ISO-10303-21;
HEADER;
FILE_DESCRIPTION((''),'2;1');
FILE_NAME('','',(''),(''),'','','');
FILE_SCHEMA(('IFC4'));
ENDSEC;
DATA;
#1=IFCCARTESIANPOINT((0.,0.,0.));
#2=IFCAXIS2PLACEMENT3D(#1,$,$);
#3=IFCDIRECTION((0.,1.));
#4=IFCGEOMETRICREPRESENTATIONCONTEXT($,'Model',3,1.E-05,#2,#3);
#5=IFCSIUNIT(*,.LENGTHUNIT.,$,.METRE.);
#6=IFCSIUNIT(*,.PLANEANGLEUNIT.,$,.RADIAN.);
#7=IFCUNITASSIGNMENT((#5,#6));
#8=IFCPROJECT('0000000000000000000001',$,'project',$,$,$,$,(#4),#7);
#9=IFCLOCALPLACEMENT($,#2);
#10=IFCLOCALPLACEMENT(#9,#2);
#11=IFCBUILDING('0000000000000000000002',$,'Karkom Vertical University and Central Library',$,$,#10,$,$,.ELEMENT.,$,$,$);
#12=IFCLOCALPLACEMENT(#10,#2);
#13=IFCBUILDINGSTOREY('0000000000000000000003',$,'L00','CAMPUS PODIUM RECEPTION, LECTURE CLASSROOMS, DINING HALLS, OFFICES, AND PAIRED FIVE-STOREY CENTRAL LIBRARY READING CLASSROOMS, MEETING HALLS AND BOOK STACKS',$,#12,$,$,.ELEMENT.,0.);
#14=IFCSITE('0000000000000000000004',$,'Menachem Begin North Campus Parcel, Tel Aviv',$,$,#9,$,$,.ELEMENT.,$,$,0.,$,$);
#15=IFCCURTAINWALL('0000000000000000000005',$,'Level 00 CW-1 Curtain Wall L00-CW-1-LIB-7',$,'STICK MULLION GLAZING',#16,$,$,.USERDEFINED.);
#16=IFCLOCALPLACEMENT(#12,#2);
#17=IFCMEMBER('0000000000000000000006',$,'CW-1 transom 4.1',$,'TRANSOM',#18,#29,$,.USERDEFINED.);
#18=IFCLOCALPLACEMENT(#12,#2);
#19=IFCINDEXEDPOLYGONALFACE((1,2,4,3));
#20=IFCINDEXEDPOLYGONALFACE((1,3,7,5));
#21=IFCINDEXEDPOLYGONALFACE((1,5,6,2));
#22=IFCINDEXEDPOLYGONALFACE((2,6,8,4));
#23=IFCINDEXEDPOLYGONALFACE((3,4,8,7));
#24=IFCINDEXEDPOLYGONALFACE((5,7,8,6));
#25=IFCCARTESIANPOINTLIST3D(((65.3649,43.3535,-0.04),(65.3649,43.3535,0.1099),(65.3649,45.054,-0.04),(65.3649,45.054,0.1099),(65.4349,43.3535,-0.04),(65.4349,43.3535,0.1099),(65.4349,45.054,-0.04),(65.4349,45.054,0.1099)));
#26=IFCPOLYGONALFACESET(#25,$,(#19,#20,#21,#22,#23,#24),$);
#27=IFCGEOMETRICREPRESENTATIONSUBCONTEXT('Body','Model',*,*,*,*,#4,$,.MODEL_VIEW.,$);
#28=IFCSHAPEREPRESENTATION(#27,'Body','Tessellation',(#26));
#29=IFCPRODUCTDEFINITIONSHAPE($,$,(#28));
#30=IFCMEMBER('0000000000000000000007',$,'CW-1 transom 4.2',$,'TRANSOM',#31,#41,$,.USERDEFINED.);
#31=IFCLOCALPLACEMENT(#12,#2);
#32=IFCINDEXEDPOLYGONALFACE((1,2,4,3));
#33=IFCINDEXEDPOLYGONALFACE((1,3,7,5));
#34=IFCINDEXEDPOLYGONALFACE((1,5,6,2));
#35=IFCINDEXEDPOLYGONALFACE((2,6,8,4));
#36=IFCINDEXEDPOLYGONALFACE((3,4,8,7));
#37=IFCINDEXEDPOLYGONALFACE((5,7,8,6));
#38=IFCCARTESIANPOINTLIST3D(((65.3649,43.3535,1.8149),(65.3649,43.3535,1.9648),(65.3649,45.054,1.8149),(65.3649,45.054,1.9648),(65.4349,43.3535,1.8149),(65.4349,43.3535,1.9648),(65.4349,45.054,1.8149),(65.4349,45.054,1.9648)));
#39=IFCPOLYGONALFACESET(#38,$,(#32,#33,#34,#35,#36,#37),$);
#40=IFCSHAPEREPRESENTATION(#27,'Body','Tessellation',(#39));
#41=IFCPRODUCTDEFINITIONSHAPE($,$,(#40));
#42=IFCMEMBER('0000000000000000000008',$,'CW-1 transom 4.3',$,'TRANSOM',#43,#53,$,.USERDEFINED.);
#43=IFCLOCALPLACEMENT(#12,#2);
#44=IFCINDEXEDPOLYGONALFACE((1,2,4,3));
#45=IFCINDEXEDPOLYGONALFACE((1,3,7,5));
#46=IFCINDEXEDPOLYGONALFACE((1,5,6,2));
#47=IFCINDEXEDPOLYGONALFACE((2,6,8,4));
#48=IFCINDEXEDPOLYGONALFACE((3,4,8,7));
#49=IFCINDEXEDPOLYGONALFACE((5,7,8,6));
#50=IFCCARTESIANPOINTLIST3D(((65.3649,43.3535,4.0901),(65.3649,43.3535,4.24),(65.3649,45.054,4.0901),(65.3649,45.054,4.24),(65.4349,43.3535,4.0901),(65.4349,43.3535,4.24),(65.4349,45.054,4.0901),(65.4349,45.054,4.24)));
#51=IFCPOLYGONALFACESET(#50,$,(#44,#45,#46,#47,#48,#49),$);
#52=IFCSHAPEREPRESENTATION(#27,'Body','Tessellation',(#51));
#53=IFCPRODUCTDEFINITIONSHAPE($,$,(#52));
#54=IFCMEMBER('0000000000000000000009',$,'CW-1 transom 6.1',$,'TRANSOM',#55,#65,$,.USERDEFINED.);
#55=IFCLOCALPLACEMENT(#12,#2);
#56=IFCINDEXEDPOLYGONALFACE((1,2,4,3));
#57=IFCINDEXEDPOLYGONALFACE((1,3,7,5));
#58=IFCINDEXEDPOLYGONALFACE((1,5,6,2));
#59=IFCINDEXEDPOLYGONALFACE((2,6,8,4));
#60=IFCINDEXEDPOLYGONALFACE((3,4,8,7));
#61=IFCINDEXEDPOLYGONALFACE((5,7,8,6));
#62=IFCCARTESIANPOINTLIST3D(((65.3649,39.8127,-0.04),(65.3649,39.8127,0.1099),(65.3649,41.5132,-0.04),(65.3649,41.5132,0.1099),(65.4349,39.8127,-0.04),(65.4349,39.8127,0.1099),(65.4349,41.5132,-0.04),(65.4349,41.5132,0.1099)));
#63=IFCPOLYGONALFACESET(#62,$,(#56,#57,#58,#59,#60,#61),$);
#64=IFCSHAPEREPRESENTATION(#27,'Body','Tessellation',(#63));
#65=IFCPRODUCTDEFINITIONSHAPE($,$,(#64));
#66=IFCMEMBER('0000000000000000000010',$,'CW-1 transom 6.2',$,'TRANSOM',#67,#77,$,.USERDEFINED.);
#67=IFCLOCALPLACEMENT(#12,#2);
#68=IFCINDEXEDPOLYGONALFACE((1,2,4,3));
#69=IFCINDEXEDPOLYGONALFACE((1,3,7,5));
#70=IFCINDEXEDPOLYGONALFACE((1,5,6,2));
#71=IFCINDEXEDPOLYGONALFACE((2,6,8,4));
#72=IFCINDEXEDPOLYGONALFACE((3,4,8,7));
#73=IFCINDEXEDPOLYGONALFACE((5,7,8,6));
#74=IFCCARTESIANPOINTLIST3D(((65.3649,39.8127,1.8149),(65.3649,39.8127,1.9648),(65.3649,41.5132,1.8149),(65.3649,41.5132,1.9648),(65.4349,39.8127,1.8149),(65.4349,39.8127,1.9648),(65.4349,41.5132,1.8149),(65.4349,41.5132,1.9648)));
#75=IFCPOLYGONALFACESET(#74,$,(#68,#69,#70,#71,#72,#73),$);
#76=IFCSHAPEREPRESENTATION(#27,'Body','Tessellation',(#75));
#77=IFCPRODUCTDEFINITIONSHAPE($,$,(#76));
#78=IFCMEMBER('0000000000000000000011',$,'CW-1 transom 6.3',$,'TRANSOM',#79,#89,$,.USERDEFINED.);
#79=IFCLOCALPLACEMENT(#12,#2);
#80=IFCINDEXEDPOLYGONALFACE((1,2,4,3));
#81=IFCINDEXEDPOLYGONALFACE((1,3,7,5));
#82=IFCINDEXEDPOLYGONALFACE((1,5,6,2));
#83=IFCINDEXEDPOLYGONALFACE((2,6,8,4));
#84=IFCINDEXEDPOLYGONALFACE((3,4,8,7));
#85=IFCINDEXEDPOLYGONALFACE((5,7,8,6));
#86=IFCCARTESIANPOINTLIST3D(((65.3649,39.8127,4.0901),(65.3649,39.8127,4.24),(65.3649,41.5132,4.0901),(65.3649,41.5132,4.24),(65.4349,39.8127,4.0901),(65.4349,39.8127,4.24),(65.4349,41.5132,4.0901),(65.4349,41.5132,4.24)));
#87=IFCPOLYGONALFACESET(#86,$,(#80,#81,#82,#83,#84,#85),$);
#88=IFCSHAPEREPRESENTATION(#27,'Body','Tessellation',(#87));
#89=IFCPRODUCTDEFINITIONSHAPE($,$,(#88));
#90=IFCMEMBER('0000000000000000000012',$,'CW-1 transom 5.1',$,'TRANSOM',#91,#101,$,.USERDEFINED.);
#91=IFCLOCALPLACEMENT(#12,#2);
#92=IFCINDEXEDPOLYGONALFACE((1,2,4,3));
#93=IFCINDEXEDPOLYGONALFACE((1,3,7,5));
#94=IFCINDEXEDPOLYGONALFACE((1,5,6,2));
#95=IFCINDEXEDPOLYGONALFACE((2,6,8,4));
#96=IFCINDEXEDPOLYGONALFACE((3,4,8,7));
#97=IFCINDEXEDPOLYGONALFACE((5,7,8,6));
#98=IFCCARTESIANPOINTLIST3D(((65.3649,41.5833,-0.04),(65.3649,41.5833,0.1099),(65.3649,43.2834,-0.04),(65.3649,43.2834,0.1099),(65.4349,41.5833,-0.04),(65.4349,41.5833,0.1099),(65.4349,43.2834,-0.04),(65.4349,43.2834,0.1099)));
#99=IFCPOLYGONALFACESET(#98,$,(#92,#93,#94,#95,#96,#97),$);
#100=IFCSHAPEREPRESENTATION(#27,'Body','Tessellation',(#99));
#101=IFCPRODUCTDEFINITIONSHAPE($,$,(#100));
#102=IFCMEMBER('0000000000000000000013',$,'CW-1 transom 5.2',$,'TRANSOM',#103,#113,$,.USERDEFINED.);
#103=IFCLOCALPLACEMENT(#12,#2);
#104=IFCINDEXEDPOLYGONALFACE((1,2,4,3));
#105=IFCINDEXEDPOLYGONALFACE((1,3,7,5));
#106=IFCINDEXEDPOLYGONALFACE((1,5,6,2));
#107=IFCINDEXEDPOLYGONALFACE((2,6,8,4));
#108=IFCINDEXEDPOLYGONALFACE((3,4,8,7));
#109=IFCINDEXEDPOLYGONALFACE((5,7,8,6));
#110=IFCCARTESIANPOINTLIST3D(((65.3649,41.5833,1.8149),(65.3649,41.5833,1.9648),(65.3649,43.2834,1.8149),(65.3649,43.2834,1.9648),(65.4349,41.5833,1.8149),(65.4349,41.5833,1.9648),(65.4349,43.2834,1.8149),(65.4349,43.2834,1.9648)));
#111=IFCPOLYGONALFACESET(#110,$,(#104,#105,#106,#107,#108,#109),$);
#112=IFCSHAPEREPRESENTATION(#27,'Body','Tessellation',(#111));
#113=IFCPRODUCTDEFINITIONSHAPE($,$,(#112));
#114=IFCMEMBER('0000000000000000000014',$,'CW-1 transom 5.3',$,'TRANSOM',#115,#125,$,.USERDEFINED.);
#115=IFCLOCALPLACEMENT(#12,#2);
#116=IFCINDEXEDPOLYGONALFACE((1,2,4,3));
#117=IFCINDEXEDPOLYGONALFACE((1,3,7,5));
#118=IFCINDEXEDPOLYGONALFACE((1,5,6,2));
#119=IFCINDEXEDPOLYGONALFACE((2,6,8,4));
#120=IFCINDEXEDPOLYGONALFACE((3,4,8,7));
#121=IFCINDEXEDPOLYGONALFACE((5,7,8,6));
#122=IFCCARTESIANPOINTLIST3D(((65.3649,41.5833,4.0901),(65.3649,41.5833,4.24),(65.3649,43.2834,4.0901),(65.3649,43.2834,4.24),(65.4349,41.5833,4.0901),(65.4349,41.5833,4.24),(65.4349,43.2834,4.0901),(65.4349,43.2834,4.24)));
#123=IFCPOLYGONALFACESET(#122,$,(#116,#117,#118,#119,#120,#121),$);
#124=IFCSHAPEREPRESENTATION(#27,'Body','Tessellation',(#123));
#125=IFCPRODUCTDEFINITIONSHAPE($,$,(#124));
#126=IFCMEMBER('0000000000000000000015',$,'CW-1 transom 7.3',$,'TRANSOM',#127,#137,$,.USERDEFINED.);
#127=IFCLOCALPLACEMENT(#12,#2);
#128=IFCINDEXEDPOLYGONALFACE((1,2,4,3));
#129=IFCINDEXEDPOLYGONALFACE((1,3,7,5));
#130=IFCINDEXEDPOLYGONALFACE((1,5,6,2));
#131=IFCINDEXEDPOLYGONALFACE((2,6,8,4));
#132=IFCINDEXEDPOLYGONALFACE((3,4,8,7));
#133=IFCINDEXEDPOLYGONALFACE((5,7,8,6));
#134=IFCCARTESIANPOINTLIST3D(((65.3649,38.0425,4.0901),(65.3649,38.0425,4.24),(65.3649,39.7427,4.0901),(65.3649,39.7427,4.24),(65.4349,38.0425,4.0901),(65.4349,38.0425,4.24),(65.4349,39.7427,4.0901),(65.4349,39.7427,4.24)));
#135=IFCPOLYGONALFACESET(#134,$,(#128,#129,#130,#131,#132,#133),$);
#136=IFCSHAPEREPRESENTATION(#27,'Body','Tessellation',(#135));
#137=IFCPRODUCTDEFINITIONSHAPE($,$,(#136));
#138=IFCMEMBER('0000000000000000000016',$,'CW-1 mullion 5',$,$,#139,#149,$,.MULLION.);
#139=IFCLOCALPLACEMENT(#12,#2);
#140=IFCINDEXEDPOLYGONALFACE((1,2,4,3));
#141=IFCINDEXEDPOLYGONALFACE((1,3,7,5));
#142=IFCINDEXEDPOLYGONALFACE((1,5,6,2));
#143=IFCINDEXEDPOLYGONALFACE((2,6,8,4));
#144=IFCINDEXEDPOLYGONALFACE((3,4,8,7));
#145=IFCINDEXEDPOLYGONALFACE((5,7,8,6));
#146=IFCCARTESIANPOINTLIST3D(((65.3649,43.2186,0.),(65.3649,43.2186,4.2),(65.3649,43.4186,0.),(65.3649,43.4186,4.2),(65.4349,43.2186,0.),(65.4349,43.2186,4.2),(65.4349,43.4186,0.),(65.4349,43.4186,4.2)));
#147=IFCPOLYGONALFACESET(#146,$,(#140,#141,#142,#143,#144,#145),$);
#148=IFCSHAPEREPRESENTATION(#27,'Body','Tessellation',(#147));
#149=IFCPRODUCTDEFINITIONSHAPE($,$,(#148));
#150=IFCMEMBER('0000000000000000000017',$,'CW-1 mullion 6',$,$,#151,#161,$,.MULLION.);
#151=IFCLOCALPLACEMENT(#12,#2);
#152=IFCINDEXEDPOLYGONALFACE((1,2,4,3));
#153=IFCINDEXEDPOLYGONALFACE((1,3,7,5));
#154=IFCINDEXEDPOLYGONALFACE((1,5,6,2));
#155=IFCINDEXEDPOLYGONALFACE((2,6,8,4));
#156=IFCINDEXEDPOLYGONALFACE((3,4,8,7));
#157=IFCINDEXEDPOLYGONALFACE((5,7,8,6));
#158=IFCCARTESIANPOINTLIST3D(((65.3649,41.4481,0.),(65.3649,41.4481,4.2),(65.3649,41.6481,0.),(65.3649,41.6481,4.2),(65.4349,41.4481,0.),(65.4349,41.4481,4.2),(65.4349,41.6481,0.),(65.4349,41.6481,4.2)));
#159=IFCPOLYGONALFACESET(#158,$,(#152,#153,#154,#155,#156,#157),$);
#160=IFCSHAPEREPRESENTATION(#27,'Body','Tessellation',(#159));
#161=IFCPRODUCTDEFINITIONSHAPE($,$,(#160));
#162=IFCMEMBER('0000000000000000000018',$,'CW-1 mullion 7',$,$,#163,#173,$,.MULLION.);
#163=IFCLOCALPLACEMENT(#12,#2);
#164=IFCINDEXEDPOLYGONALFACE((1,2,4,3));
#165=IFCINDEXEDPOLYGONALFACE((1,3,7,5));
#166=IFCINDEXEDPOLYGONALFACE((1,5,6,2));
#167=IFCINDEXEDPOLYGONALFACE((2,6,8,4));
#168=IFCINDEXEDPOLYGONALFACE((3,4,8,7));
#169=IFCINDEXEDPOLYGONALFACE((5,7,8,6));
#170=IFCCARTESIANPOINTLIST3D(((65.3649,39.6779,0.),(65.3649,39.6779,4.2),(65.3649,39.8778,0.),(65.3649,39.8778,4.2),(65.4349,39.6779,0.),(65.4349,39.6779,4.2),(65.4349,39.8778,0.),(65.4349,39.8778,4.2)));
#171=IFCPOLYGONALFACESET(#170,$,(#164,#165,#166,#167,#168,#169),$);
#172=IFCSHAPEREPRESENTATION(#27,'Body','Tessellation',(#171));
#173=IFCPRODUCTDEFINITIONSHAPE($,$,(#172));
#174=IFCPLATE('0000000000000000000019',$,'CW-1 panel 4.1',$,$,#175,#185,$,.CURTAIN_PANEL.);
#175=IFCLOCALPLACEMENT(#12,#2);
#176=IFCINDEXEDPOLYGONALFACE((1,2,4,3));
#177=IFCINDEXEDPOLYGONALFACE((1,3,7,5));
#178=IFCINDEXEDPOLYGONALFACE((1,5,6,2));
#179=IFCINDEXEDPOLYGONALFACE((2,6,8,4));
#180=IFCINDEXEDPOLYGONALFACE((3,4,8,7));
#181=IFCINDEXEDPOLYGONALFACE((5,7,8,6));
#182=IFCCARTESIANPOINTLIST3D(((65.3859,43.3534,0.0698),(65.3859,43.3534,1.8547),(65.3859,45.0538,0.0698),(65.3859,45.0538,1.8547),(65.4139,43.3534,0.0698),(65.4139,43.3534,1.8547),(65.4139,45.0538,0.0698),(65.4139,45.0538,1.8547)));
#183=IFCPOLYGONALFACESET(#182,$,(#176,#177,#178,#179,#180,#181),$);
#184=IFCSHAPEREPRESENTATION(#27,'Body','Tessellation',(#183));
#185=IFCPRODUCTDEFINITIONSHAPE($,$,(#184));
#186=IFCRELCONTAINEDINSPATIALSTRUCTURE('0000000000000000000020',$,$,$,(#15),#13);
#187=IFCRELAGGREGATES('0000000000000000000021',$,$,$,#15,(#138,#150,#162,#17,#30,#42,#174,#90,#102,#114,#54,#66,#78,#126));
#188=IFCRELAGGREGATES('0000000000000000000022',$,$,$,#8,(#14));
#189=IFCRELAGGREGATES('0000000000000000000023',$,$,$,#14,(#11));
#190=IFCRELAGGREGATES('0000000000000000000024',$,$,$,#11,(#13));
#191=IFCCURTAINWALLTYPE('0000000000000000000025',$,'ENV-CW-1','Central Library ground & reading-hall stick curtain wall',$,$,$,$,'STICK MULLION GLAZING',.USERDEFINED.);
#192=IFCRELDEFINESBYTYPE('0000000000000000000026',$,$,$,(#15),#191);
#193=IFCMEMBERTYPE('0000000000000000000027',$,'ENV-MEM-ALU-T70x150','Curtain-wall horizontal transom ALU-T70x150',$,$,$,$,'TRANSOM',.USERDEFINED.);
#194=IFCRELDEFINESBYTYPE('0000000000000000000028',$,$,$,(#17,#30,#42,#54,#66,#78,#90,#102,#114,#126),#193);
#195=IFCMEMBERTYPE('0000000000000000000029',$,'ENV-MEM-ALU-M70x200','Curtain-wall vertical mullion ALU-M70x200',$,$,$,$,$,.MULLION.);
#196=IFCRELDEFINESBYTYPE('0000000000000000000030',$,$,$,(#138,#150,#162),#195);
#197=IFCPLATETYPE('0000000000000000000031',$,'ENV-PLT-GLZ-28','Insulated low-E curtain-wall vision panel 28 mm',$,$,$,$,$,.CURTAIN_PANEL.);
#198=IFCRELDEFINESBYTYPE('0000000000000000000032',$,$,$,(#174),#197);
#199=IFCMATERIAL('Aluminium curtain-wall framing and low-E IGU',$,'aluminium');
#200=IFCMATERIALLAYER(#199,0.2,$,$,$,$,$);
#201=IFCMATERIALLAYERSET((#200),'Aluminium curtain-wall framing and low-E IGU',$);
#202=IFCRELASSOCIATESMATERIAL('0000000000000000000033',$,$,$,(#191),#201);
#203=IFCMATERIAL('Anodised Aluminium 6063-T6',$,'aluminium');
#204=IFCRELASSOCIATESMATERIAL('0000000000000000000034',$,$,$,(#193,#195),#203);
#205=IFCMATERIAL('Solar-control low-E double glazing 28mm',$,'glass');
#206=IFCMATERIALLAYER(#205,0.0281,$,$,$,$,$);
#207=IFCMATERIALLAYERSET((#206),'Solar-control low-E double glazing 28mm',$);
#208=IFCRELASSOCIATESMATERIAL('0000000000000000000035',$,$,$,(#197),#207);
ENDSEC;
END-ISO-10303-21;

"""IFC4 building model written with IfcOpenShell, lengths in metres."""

from ifc_helpers import new_model, si_unit, direction, frame, origin, origin_with_axes, origin_2d, place, context, subcontext, project, spatial, rectangle, extrude, source, transform, mapped, material, layer, layer_set, material_profile, profile_set, type_object, element, aggregate, save


model = new_model("IFC4")

# Units and contexts
model_context = context("Model", 3, precision=1e-05, world=origin(), true_north=direction((0.0, 1.0)))
body_context = subcontext(model_context, "Body", "Model", "MODEL_VIEW")
ifc_project = project(units=[si_unit("LENGTHUNIT", "METRE"), si_unit("PLANEANGLEUNIT", "RADIAN")], contexts=[model_context])

# Site, building, storey
site_placement = place(None, origin())
site = spatial("IfcSite", under=ifc_project, at=site_placement, Name="Menachem Begin North Campus Parcel, Tel Aviv", CompositionType="ELEMENT", RefElevation=0.0)
building_placement = place(site_placement, origin())
building = spatial("IfcBuilding", under=site, at=building_placement, Name="Karkom Vertical University and Central Library", CompositionType="ELEMENT")
storey_placement = place(building_placement, origin())
storey = spatial("IfcBuildingStorey", under=building, at=storey_placement, Name="L00", Description="CAMPUS PODIUM RECEPTION, LECTURE CLASSROOMS, DINING HALLS, OFFICES, AND PAIRED FIVE-STOREY CENTRAL LIBRARY READING CLASSROOMS, MEETING HALLS AND BOOK STACKS", CompositionType="ELEMENT", Elevation=0.0)

# Curtain wall, members, plate
ifc_material_1 = material(Name="Aluminium curtain-wall framing and low-E IGU", Category="aluminium")
ifc_layer_1 = layer(ifc_material_1, 0.2)
ifc_layer_set_1 = layer_set([ifc_layer_1], Name="Aluminium curtain-wall framing and low-E IGU")
curtain_wall_type = type_object("IfcCurtainWallType", Name="ENV-CW-1", Description="Central Library ground & reading-hall stick curtain wall", ElementType="STICK MULLION GLAZING", PredefinedType="USERDEFINED", material=ifc_layer_set_1)
curtain_wall_placement = place(storey_placement, origin())
curtain_wall = element("IfcCurtainWall", 1, at=curtain_wall_placement, inside=storey, type_object=curtain_wall_type, Name="Level 00 CW-1 Curtain Wall L00-CW-1-LIB-7", ObjectType="STICK MULLION GLAZING", PredefinedType="USERDEFINED")
ifc_material_2 = material(Name="Anodised Aluminium 6063-T6", Category="aluminium")
ifc_material_profile_1 = material_profile(ifc_material_2, rectangle(XDim=0.0701, YDim=0.1499, at=origin_2d()), Name="ALU-T70x150")
ifc_profile_set_1 = profile_set([ifc_material_profile_1], Name="Anodised Aluminium 6063-T6")
member_type_1 = type_object("IfcMemberType", Name="ENV-MEM-ALU-T70x150", Description="Curtain-wall horizontal transom ALU-T70x150", ElementType="TRANSOM", PredefinedType="USERDEFINED", material=ifc_profile_set_1)
shared_shape_1 = source(origin_with_axes(), body_context, "Body", "SweptSolid", [
    extrude(rectangle(XDim=0.0701, YDim=0.1499, at=origin_2d()), origin(), (0.0, 0.0, 1.0), 1.7004),
])
member_1_placement = place(storey_placement, frame((65.3999, 45.054, 0.0349), z_axis=(0.0, -1.0, 0.0), x_axis=(1.0, 0.0, 0.0)))
member_1 = element("IfcMember", 2, at=member_1_placement, type_object=member_type_1, Name="CW-1 transom 4.1", ObjectType="TRANSOM", PredefinedType="USERDEFINED", context=body_context, shape_type="MappedRepresentation", body=[
    mapped(shared_shape_1, transform((0.0, 0.0, 0.0), scale=1.0)),
])
member_2_placement = place(storey_placement, frame((65.3999, 45.054, 1.8899), z_axis=(0.0, -1.0, 0.0), x_axis=(1.0, 0.0, 0.0)))
member_2 = element("IfcMember", 3, at=member_2_placement, type_object=member_type_1, Name="CW-1 transom 4.2", ObjectType="TRANSOM", PredefinedType="USERDEFINED", context=body_context, shape_type="MappedRepresentation", body=[
    mapped(shared_shape_1, transform((0.0, 0.0, 0.0), scale=1.0)),
])
member_3_placement = place(storey_placement, frame((65.3999, 45.054, 4.165), z_axis=(0.0, -1.0, 0.0), x_axis=(1.0, 0.0, 0.0)))
member_3 = element("IfcMember", 4, at=member_3_placement, type_object=member_type_1, Name="CW-1 transom 4.3", ObjectType="TRANSOM", PredefinedType="USERDEFINED", context=body_context, shape_type="MappedRepresentation", body=[
    mapped(shared_shape_1, transform((0.0, 0.0, 0.0), scale=1.0)),
])
member_4_placement = place(storey_placement, frame((65.3999, 41.5132, 0.0349), z_axis=(0.0, -1.0, 0.0), x_axis=(1.0, 0.0, 0.0)))
member_4 = element("IfcMember", 5, at=member_4_placement, type_object=member_type_1, Name="CW-1 transom 6.1", ObjectType="TRANSOM", PredefinedType="USERDEFINED", context=body_context, shape_type="MappedRepresentation", body=[
    mapped(shared_shape_1, transform((0.0, 0.0, 0.0), scale=1.0)),
])
member_5_placement = place(storey_placement, frame((65.3999, 41.5132, 1.8899), z_axis=(0.0, -1.0, 0.0), x_axis=(1.0, 0.0, 0.0)))
member_5 = element("IfcMember", 6, at=member_5_placement, type_object=member_type_1, Name="CW-1 transom 6.2", ObjectType="TRANSOM", PredefinedType="USERDEFINED", context=body_context, shape_type="MappedRepresentation", body=[
    mapped(shared_shape_1, transform((0.0, 0.0, 0.0), scale=1.0)),
])
member_6_placement = place(storey_placement, frame((65.3999, 41.5132, 4.165), z_axis=(0.0, -1.0, 0.0), x_axis=(1.0, 0.0, 0.0)))
member_6 = element("IfcMember", 7, at=member_6_placement, type_object=member_type_1, Name="CW-1 transom 6.3", ObjectType="TRANSOM", PredefinedType="USERDEFINED", context=body_context, shape_type="MappedRepresentation", body=[
    mapped(shared_shape_1, transform((0.0, 0.0, 0.0), scale=1.0)),
])
shared_shape_2 = source(origin_with_axes(), body_context, "Body", "SweptSolid", [
    extrude(rectangle(XDim=0.0701, YDim=0.1499, at=origin_2d()), origin(), (0.0, 0.0, 1.0), 1.7002),
])
member_7_placement = place(storey_placement, frame((65.3999, 43.2834, 0.0349), z_axis=(0.0, -1.0, 0.0), x_axis=(1.0, 0.0, 0.0)))
member_7 = element("IfcMember", 8, at=member_7_placement, type_object=member_type_1, Name="CW-1 transom 5.1", ObjectType="TRANSOM", PredefinedType="USERDEFINED", context=body_context, shape_type="MappedRepresentation", body=[
    mapped(shared_shape_2, transform((0.0, 0.0, 0.0), scale=1.0)),
])
member_8_placement = place(storey_placement, frame((65.3999, 43.2834, 1.8899), z_axis=(0.0, -1.0, 0.0), x_axis=(1.0, 0.0, 0.0)))
member_8 = element("IfcMember", 9, at=member_8_placement, type_object=member_type_1, Name="CW-1 transom 5.2", ObjectType="TRANSOM", PredefinedType="USERDEFINED", context=body_context, shape_type="MappedRepresentation", body=[
    mapped(shared_shape_2, transform((0.0, 0.0, 0.0), scale=1.0)),
])
member_9_placement = place(storey_placement, frame((65.3999, 43.2834, 4.165), z_axis=(0.0, -1.0, 0.0), x_axis=(1.0, 0.0, 0.0)))
member_9 = element("IfcMember", 10, at=member_9_placement, type_object=member_type_1, Name="CW-1 transom 5.3", ObjectType="TRANSOM", PredefinedType="USERDEFINED", context=body_context, shape_type="MappedRepresentation", body=[
    mapped(shared_shape_2, transform((0.0, 0.0, 0.0), scale=1.0)),
])
member_10_placement = place(storey_placement, frame((65.3999, 39.7427, 4.165), z_axis=(0.0, -1.0, 0.0), x_axis=(1.0, 0.0, 0.0)))
member_10 = element("IfcMember", 11, at=member_10_placement, type_object=member_type_1, Name="CW-1 transom 7.3", ObjectType="TRANSOM", PredefinedType="USERDEFINED", context=body_context, shape_type="MappedRepresentation", body=[
    mapped(shared_shape_2, transform((0.0, 0.0, 0.0), scale=1.0)),
])
ifc_material_profile_2 = material_profile(ifc_material_2, rectangle(XDim=0.0701, YDim=0.2, at=origin_2d()), Name="ALU-M70x200")
ifc_profile_set_2 = profile_set([ifc_material_profile_2], Name="Anodised Aluminium 6063-T6")
member_type_2 = type_object("IfcMemberType", Name="ENV-MEM-ALU-M70x200", Description="Curtain-wall vertical mullion ALU-M70x200", PredefinedType="MULLION", material=ifc_profile_set_2)
shared_shape_3 = source(origin_with_axes(), body_context, "Body", "SweptSolid", [
    extrude(rectangle(XDim=0.0701, YDim=0.2, at=origin_2d()), origin(), (0.0, 0.0, 1.0), 4.2),
])
member_11_placement = place(storey_placement, frame((65.3999, 43.3186, 0.0), z_axis=(0.0, 0.0, 1.0), x_axis=(1.0, 0.0, 0.0)))
member_11 = element("IfcMember", 12, at=member_11_placement, type_object=member_type_2, Name="CW-1 mullion 5", PredefinedType="MULLION", context=body_context, shape_type="MappedRepresentation", body=[
    mapped(shared_shape_3, transform((0.0, 0.0, 0.0), scale=1.0)),
])
member_12_placement = place(storey_placement, frame((65.3999, 41.5481, 0.0), z_axis=(0.0, 0.0, 1.0), x_axis=(1.0, 0.0, 0.0)))
member_12 = element("IfcMember", 13, at=member_12_placement, type_object=member_type_2, Name="CW-1 mullion 6", PredefinedType="MULLION", context=body_context, shape_type="MappedRepresentation", body=[
    mapped(shared_shape_3, transform((0.0, 0.0, 0.0), scale=1.0)),
])
member_13_placement = place(storey_placement, frame((65.3999, 39.7778, 0.0), z_axis=(0.0, 0.0, 1.0), x_axis=(1.0, 0.0, 0.0)))
member_13 = element("IfcMember", 14, at=member_13_placement, type_object=member_type_2, Name="CW-1 mullion 7", PredefinedType="MULLION", context=body_context, shape_type="MappedRepresentation", body=[
    mapped(shared_shape_3, transform((0.0, 0.0, 0.0), scale=1.0)),
])
ifc_material_3 = material(Name="Solar-control low-E double glazing 28mm", Category="glass")
ifc_layer_2 = layer(ifc_material_3, 0.0281)
ifc_layer_set_2 = layer_set([ifc_layer_2], Name="Solar-control low-E double glazing 28mm")
plate_type = type_object("IfcPlateType", Name="ENV-PLT-GLZ-28", Description="Insulated low-E curtain-wall vision panel 28 mm", PredefinedType="CURTAIN_PANEL", material=ifc_layer_set_2)
shared_shape_4 = source(origin_with_axes(), body_context, "Body", "SweptSolid", [
    extrude(rectangle(XDim=1.7004, YDim=0.0281, at=origin_2d()), origin(), (0.0, 0.0, 1.0), 1.7849),
])
plate_1_placement = place(storey_placement, frame((65.3999, 44.2036, 0.0698), z_axis=(0.0, 0.0, 1.0), x_axis=(0.0, -1.0, 0.0)))
plate_1 = element("IfcPlate", 15, at=plate_1_placement, type_object=plate_type, Name="CW-1 panel 4.1", PredefinedType="CURTAIN_PANEL", context=body_context, shape_type="MappedRepresentation", body=[
    mapped(shared_shape_4, transform((0.0, 0.0, 0.0), scale=1.0)),
])
aggregate(curtain_wall, [member_11, member_12, member_13, member_1, member_2, member_3, plate_1, member_7, member_8, member_9, member_4, member_5, member_6, member_10])

save(model, "model.ifc")
